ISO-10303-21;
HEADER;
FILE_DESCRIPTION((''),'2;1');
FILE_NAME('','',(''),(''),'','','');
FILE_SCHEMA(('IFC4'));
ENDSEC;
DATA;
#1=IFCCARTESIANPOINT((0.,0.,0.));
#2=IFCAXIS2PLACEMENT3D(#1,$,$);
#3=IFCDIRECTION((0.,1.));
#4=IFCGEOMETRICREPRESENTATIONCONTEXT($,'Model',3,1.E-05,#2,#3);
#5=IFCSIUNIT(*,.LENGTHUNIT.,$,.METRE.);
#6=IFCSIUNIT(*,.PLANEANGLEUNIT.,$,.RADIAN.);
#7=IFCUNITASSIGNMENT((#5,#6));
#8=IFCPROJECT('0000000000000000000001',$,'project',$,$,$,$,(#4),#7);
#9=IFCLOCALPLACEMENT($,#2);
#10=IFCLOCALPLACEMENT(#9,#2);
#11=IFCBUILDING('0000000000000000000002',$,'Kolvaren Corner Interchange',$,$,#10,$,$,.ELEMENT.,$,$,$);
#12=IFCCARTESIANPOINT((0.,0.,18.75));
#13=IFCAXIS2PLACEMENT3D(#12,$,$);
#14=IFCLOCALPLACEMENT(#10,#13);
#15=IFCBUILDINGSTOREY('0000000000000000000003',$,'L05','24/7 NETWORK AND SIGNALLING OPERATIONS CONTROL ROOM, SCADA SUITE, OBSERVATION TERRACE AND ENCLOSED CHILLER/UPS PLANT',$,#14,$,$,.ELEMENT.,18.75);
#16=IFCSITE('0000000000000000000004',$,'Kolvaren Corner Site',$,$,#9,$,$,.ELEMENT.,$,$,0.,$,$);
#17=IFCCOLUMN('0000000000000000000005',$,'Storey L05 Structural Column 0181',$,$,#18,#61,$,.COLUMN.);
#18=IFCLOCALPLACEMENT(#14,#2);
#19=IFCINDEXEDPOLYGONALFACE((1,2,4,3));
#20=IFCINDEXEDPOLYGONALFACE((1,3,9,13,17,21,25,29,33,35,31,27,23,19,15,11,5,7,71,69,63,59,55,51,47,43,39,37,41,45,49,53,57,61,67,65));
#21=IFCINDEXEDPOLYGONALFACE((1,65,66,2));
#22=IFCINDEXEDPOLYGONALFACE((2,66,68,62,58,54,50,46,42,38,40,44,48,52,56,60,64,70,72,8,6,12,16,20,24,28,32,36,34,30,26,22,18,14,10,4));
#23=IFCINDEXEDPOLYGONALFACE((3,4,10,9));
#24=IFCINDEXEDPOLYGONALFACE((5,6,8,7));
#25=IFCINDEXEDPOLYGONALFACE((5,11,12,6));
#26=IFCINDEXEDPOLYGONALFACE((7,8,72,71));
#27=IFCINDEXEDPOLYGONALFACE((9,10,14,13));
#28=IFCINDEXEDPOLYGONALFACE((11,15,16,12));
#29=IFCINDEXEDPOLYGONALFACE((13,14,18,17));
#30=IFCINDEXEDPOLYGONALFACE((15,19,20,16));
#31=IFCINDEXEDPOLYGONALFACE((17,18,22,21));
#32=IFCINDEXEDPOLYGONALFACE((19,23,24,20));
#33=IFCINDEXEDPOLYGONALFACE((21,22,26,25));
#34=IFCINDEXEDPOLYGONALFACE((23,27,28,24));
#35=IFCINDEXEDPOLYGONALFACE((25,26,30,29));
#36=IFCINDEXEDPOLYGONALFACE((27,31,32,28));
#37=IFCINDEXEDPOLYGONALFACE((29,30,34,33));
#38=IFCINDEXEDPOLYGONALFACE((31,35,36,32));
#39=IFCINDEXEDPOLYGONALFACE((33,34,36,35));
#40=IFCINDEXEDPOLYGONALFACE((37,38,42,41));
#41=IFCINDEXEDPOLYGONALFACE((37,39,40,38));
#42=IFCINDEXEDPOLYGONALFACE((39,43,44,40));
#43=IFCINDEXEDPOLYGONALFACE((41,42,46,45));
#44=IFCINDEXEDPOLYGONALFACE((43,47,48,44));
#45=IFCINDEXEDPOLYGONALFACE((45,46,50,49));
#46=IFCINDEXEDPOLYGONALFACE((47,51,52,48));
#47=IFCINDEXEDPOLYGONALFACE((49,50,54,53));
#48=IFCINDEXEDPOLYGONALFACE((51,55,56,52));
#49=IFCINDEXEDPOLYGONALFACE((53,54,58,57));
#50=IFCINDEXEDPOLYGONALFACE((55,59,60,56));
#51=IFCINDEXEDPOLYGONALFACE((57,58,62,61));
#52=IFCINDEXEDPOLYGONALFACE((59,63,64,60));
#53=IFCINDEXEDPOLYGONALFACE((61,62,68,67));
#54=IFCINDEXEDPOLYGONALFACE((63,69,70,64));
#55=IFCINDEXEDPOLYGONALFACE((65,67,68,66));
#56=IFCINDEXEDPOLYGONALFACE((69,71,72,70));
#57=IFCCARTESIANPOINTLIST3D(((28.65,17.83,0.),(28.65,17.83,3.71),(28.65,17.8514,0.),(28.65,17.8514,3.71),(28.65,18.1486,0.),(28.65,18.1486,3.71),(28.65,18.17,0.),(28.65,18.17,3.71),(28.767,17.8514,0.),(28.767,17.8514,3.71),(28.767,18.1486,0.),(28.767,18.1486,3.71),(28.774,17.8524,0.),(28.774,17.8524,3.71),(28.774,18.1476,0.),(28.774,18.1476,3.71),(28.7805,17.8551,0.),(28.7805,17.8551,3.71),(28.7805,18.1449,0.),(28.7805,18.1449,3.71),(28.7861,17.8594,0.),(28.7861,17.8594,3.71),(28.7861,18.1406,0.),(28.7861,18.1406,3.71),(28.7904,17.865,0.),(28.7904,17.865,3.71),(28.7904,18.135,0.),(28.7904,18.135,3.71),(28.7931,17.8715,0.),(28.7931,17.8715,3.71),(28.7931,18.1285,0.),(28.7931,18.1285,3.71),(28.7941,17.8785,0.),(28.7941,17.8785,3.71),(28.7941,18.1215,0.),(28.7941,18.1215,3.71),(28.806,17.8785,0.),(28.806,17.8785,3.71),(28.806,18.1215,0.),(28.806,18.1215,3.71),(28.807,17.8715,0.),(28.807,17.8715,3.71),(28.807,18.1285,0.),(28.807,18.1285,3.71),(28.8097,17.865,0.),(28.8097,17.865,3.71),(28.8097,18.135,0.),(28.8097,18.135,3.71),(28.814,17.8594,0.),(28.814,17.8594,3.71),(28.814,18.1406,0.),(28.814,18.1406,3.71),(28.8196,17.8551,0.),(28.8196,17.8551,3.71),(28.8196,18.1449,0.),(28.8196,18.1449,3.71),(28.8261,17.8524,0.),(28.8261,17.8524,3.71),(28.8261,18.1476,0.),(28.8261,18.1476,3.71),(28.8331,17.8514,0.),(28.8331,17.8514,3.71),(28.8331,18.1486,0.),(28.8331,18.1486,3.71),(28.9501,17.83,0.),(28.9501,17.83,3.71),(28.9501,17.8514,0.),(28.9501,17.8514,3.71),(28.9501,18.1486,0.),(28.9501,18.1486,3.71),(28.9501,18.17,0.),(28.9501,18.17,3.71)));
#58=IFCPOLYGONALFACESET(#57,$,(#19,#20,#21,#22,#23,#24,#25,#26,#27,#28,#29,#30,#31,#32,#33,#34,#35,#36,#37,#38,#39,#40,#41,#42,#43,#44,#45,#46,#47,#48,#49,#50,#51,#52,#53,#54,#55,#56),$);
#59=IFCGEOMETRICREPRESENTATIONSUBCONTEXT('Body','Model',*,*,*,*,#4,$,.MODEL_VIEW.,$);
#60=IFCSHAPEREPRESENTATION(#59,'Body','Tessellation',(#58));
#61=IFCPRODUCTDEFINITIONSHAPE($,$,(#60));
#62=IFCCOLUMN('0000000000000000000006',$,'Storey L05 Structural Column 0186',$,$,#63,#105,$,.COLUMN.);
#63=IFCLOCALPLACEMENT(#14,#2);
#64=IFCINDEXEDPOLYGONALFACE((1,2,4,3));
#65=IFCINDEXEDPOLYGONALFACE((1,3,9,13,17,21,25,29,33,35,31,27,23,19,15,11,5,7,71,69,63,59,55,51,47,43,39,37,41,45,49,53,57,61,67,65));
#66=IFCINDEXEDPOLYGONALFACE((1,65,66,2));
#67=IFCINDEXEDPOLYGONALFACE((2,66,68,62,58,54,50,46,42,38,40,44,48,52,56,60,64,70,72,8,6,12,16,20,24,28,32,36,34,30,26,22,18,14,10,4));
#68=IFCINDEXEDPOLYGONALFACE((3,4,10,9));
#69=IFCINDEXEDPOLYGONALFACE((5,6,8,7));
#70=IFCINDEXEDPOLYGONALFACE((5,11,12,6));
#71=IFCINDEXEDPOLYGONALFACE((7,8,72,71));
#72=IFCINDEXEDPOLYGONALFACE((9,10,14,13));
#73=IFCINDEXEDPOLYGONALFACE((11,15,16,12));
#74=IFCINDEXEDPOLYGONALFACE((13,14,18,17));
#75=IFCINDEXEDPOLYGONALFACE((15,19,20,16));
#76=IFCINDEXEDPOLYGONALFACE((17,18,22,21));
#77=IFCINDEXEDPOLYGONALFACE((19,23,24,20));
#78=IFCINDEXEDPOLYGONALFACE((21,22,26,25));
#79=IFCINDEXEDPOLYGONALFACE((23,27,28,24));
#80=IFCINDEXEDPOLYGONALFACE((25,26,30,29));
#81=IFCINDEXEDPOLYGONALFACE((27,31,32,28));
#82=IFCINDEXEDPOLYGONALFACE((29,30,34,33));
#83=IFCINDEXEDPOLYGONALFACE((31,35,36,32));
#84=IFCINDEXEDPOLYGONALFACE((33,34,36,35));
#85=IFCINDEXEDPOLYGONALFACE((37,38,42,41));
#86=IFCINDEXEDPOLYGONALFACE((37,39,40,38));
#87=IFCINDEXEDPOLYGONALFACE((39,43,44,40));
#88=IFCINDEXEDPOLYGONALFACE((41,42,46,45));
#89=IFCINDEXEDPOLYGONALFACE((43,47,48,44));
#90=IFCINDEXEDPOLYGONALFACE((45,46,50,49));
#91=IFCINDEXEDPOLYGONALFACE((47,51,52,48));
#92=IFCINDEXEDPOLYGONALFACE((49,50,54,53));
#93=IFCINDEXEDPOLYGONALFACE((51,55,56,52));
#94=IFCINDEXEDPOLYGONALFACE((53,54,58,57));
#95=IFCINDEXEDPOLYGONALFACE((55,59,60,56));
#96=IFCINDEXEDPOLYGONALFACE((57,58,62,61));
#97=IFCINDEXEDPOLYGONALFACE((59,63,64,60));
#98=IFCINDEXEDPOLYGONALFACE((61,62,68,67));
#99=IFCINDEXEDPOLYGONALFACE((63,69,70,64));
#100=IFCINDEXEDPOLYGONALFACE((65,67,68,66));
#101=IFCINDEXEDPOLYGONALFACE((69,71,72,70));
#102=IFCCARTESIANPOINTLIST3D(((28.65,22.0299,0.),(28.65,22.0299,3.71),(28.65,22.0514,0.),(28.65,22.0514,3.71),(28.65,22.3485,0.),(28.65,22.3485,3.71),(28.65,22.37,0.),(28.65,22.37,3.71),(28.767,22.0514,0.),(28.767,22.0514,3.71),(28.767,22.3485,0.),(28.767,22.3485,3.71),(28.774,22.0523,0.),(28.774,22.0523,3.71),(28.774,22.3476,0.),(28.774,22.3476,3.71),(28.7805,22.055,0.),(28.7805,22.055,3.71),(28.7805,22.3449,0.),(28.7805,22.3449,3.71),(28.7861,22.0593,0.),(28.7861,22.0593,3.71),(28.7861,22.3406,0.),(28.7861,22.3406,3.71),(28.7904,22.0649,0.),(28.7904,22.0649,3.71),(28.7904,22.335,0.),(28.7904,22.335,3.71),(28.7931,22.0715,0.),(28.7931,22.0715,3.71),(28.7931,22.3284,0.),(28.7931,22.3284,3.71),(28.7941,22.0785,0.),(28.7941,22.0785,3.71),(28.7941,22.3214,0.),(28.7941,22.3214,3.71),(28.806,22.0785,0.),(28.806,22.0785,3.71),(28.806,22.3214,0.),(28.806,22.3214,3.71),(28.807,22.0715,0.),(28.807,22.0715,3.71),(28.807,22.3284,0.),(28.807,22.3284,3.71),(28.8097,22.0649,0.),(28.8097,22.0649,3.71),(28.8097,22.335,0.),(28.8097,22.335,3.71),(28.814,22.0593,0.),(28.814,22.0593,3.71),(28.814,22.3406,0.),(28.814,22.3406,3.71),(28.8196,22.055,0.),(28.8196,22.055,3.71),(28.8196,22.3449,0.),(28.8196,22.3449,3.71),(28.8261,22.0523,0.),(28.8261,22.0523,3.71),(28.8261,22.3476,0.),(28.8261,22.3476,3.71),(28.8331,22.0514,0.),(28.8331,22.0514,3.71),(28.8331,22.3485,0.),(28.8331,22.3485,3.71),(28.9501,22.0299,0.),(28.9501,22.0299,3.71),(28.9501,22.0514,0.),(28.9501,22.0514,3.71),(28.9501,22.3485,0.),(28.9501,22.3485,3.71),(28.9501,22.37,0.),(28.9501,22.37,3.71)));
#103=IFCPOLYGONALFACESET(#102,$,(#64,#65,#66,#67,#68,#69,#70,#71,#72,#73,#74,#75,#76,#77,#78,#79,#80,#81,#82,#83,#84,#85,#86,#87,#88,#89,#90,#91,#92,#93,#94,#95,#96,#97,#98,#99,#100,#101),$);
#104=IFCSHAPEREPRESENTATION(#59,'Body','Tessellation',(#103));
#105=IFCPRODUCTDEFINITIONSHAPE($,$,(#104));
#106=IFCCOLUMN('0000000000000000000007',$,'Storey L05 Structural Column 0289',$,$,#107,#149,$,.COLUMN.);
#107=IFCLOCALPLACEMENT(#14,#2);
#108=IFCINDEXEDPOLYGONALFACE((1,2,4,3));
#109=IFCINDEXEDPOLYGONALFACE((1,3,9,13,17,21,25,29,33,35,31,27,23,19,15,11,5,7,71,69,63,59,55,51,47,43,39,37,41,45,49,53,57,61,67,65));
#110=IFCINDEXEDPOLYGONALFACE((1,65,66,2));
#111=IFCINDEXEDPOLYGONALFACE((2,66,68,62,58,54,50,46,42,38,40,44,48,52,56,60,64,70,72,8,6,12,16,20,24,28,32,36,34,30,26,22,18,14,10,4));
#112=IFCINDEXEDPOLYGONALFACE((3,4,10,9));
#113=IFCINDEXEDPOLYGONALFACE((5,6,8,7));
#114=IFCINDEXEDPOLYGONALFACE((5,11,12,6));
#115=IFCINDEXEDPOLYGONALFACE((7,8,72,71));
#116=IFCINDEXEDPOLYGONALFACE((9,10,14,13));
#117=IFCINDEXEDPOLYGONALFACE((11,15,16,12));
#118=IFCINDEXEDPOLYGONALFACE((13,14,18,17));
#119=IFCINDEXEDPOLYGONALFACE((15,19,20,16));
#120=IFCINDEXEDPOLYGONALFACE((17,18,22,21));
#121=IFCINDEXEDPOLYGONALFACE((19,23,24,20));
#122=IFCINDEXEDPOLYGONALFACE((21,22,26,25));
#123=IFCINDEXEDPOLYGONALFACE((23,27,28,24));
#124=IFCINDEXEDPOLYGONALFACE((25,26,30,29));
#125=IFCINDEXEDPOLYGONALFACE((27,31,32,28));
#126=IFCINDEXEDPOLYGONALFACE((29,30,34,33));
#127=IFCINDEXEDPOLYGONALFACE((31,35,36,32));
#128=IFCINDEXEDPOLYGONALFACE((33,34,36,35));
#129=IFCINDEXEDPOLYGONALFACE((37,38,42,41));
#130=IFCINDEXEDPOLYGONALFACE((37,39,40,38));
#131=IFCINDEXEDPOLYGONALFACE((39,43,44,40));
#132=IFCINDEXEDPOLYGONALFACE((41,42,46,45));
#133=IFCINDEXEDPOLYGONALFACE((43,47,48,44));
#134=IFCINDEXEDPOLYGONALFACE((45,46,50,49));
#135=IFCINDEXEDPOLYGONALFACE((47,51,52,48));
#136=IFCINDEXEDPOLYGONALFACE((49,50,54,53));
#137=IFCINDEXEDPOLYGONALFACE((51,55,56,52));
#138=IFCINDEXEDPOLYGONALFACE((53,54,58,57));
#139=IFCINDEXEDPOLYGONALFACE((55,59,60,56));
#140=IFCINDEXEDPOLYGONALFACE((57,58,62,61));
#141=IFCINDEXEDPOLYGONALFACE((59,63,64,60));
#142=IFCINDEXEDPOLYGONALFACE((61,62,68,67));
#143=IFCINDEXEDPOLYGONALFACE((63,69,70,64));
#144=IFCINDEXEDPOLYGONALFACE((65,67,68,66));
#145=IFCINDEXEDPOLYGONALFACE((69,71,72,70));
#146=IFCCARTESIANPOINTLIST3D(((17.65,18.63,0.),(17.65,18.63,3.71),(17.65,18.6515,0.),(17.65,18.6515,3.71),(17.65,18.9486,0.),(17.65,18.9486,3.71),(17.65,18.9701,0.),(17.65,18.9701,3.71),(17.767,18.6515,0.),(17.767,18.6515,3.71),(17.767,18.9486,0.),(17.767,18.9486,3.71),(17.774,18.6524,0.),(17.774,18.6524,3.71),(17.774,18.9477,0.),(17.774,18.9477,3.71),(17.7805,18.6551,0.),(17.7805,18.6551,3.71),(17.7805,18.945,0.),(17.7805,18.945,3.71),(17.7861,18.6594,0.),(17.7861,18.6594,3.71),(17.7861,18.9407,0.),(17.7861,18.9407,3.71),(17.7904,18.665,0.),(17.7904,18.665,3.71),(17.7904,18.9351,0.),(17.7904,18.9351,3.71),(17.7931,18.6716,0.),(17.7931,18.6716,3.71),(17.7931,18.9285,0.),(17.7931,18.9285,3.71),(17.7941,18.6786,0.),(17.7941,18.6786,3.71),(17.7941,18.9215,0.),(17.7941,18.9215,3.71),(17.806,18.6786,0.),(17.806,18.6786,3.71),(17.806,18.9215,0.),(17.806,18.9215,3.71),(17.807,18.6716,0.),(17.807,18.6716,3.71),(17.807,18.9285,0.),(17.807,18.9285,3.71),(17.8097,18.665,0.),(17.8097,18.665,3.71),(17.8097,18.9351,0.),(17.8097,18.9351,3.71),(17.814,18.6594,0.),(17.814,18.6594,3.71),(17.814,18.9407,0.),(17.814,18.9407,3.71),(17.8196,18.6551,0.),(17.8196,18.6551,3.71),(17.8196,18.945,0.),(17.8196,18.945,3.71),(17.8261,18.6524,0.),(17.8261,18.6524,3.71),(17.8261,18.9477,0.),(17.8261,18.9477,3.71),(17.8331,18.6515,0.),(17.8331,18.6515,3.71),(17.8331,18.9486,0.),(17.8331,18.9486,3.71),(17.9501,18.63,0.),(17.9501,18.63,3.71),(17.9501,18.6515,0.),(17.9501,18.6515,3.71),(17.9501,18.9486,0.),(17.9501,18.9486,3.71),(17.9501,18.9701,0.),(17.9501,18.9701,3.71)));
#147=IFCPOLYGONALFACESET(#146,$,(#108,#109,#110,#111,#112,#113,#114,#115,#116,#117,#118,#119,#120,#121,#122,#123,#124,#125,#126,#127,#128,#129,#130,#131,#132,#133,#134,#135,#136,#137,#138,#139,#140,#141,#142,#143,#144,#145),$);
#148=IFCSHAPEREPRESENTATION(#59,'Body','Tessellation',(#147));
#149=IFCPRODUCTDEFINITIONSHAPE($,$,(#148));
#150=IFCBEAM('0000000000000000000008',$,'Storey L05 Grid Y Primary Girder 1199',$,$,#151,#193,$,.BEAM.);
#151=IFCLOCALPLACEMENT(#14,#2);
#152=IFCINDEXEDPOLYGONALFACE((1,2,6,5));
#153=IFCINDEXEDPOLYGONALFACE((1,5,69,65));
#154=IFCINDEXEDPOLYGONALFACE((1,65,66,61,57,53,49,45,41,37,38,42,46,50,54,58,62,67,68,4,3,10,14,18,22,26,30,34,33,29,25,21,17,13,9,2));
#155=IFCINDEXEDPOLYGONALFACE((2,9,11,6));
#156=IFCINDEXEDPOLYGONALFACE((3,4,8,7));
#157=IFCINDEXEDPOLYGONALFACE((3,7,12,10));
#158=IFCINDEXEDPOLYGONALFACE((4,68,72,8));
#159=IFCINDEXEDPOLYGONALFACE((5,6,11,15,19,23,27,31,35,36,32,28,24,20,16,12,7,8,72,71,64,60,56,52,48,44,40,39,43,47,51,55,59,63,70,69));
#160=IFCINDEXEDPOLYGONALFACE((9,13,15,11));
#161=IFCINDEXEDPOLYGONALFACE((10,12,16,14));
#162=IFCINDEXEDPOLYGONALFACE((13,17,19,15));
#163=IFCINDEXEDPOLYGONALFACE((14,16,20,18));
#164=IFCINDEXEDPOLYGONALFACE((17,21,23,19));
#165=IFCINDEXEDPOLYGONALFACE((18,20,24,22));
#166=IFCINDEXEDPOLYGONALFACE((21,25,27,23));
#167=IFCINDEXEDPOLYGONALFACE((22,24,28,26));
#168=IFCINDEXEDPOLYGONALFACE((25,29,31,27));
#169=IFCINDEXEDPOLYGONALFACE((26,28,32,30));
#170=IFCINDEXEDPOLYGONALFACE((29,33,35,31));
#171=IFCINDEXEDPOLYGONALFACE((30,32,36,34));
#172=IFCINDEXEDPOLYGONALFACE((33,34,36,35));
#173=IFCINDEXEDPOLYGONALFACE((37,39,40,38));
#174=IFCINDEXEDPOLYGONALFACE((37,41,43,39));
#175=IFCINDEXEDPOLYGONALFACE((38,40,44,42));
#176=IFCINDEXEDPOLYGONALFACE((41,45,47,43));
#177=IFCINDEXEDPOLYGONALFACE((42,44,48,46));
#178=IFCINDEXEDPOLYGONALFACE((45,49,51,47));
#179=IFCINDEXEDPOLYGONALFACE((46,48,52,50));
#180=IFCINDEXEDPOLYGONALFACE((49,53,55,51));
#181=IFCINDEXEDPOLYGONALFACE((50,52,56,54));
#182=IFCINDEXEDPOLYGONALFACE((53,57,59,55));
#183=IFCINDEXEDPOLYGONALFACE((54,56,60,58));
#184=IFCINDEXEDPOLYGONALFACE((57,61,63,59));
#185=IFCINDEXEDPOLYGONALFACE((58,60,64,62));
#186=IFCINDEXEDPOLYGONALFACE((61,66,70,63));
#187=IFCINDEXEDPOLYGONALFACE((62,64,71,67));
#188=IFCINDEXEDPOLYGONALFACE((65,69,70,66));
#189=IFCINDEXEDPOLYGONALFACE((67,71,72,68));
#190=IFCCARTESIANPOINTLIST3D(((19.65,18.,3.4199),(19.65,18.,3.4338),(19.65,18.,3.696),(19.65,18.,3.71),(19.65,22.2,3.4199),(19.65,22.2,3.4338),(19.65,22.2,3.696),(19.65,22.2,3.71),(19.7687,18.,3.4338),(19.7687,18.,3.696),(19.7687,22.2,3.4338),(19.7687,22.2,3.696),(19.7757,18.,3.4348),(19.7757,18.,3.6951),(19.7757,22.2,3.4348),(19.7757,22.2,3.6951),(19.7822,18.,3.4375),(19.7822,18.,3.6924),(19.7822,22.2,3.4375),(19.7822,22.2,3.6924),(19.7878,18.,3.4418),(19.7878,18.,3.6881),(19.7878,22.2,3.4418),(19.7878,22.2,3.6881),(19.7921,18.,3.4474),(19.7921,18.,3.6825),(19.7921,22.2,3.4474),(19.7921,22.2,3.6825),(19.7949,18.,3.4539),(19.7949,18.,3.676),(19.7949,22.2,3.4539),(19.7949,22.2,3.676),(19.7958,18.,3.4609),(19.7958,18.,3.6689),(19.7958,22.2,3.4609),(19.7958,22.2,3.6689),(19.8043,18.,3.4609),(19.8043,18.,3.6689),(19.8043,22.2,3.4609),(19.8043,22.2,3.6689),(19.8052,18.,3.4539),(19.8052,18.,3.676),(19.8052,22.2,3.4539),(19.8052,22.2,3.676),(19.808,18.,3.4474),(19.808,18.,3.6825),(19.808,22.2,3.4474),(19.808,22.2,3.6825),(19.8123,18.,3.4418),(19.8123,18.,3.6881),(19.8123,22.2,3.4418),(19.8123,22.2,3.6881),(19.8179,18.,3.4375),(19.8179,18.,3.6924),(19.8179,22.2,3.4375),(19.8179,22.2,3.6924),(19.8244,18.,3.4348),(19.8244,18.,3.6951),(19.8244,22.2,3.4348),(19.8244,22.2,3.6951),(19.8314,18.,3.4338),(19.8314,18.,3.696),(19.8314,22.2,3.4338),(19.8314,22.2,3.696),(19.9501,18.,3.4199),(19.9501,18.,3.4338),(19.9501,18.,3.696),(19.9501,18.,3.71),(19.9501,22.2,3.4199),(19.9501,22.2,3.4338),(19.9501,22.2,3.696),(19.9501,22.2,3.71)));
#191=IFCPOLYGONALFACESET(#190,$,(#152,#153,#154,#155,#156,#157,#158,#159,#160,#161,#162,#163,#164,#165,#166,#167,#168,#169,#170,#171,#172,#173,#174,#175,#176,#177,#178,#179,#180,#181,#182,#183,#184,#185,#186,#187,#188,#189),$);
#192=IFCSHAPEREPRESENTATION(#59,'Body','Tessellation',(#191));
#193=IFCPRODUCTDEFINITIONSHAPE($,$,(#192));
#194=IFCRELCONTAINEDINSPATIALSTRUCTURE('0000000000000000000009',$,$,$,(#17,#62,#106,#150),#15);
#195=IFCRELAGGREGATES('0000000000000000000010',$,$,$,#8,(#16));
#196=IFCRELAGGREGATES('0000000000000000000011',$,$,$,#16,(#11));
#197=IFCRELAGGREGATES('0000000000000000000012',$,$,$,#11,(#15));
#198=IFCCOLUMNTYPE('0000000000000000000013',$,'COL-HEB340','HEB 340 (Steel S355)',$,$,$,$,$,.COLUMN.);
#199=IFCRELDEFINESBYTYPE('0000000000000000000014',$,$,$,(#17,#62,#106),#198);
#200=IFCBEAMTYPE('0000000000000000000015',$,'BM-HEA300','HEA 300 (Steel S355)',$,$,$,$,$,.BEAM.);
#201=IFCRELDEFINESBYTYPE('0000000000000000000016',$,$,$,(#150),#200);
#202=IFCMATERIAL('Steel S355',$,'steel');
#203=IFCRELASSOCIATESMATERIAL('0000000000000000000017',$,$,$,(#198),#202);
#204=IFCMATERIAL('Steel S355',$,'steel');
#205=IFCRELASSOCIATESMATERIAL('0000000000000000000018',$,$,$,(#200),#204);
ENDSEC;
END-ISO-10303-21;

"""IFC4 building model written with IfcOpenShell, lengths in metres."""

from ifc_helpers import new_model, si_unit, direction, frame, origin, origin_2d, place, context, subcontext, project, spatial, i_section, extrude, material, material_profile, profile_set, type_object, element, save


model = new_model("IFC4")

# Units and contexts
model_context = context("Model", 3, precision=1e-05, world=origin(), true_north=direction((0.0, 1.0)))
body_context = subcontext(model_context, "Body", "Model", "MODEL_VIEW")
ifc_project = project(units=[si_unit("LENGTHUNIT", "METRE"), si_unit("PLANEANGLEUNIT", "RADIAN")], contexts=[model_context])

# Site, building, storey
site_placement = place(None, origin())
site = spatial("IfcSite", under=ifc_project, at=site_placement, Name="Kolvaren Corner Site", CompositionType="ELEMENT", RefElevation=0.0)
building_placement = place(site_placement, origin())
building = spatial("IfcBuilding", under=site, at=building_placement, Name="Kolvaren Corner Interchange", CompositionType="ELEMENT")
storey_placement = place(building_placement, frame((0.0, 0.0, 18.75)))
storey = spatial("IfcBuildingStorey", under=building, at=storey_placement, Name="L05", Description="24/7 NETWORK AND SIGNALLING OPERATIONS CONTROL ROOM, SCADA SUITE, OBSERVATION TERRACE AND ENCLOSED CHILLER/UPS PLANT", CompositionType="ELEMENT", Elevation=18.75)

# Columns
ifc_material_1 = material(Name="Steel S355", Category="steel")
ifc_material_profile_1 = material_profile(ifc_material_1, i_section(OverallWidth=0.3, OverallDepth=0.3401, WebThickness=0.012, FlangeThickness=0.0215, FilletRadius=0.0271, at=origin_2d()), Name="HEB 340")
ifc_profile_set_1 = profile_set([ifc_material_profile_1], Name="Steel S355")
column_type = type_object("IfcColumnType", Name="COL-HEB340", Description="HEB 340 (Steel S355)", PredefinedType="COLUMN", material=ifc_profile_set_1)
for number, where, z_axis, x_axis, name in (
    (1, (28.8, 18.0, 0.0), (0.0, 0.0, 1.0), (1.0, 0.0, 0.0), "Storey L05 Structural Column 0181"),
    (2, (28.8, 22.2, 0.0), (0.0, 0.0, 1.0), (1.0, 0.0, 0.0), "Storey L05 Structural Column 0186"),
    (3, (17.8, 18.8, 0.0), (0.0, 0.0, 1.0), (1.0, 0.0, 0.0), "Storey L05 Structural Column 0289"),
):
    element("IfcColumn", number, at=place(storey_placement, frame(where, z_axis=z_axis, x_axis=x_axis)), inside=storey, type_object=column_type, Name=name, PredefinedType="COLUMN", context=body_context, shape_type="SweptSolid", body=[
        extrude(i_section(OverallWidth=0.3, OverallDepth=0.3401, WebThickness=0.012, FlangeThickness=0.0215, FilletRadius=0.0271, at=origin_2d()), origin(), (0.0, 0.0, 1.0), 3.71),
    ])

# Beam
ifc_material_2 = material(Name="Steel S355", Category="steel")
ifc_material_profile_2 = material_profile(ifc_material_2, i_section(OverallWidth=0.3, OverallDepth=0.29, WebThickness=0.0085, FlangeThickness=0.0139, FilletRadius=0.0271, at=origin_2d()), Name="HEA 300")
ifc_profile_set_2 = profile_set([ifc_material_profile_2], Name="Steel S355")
beam_type_1 = type_object("IfcBeamType", Name="BM-HEA300", Description="HEA 300 (Steel S355)", PredefinedType="BEAM", material=ifc_profile_set_2)
for number, where, z_axis, x_axis, name in (
    (4, (19.8, 18.0, 3.5649), (0.0, 1.0, 0.0), (-1.0, 0.0, 0.0), "Storey L05 Grid Y Primary Girder 1199"),
):
    element("IfcBeam", number, at=place(storey_placement, frame(where, z_axis=z_axis, x_axis=x_axis)), inside=storey, type_object=beam_type_1, Name=name, PredefinedType="BEAM", context=body_context, shape_type="SweptSolid", body=[
        extrude(i_section(OverallWidth=0.3, OverallDepth=0.29, WebThickness=0.0085, FlangeThickness=0.0139, FilletRadius=0.0271, at=origin_2d()), origin(), (0.0, 0.0, 1.0), 4.2),
    ])

save(model, "model.ifc")
